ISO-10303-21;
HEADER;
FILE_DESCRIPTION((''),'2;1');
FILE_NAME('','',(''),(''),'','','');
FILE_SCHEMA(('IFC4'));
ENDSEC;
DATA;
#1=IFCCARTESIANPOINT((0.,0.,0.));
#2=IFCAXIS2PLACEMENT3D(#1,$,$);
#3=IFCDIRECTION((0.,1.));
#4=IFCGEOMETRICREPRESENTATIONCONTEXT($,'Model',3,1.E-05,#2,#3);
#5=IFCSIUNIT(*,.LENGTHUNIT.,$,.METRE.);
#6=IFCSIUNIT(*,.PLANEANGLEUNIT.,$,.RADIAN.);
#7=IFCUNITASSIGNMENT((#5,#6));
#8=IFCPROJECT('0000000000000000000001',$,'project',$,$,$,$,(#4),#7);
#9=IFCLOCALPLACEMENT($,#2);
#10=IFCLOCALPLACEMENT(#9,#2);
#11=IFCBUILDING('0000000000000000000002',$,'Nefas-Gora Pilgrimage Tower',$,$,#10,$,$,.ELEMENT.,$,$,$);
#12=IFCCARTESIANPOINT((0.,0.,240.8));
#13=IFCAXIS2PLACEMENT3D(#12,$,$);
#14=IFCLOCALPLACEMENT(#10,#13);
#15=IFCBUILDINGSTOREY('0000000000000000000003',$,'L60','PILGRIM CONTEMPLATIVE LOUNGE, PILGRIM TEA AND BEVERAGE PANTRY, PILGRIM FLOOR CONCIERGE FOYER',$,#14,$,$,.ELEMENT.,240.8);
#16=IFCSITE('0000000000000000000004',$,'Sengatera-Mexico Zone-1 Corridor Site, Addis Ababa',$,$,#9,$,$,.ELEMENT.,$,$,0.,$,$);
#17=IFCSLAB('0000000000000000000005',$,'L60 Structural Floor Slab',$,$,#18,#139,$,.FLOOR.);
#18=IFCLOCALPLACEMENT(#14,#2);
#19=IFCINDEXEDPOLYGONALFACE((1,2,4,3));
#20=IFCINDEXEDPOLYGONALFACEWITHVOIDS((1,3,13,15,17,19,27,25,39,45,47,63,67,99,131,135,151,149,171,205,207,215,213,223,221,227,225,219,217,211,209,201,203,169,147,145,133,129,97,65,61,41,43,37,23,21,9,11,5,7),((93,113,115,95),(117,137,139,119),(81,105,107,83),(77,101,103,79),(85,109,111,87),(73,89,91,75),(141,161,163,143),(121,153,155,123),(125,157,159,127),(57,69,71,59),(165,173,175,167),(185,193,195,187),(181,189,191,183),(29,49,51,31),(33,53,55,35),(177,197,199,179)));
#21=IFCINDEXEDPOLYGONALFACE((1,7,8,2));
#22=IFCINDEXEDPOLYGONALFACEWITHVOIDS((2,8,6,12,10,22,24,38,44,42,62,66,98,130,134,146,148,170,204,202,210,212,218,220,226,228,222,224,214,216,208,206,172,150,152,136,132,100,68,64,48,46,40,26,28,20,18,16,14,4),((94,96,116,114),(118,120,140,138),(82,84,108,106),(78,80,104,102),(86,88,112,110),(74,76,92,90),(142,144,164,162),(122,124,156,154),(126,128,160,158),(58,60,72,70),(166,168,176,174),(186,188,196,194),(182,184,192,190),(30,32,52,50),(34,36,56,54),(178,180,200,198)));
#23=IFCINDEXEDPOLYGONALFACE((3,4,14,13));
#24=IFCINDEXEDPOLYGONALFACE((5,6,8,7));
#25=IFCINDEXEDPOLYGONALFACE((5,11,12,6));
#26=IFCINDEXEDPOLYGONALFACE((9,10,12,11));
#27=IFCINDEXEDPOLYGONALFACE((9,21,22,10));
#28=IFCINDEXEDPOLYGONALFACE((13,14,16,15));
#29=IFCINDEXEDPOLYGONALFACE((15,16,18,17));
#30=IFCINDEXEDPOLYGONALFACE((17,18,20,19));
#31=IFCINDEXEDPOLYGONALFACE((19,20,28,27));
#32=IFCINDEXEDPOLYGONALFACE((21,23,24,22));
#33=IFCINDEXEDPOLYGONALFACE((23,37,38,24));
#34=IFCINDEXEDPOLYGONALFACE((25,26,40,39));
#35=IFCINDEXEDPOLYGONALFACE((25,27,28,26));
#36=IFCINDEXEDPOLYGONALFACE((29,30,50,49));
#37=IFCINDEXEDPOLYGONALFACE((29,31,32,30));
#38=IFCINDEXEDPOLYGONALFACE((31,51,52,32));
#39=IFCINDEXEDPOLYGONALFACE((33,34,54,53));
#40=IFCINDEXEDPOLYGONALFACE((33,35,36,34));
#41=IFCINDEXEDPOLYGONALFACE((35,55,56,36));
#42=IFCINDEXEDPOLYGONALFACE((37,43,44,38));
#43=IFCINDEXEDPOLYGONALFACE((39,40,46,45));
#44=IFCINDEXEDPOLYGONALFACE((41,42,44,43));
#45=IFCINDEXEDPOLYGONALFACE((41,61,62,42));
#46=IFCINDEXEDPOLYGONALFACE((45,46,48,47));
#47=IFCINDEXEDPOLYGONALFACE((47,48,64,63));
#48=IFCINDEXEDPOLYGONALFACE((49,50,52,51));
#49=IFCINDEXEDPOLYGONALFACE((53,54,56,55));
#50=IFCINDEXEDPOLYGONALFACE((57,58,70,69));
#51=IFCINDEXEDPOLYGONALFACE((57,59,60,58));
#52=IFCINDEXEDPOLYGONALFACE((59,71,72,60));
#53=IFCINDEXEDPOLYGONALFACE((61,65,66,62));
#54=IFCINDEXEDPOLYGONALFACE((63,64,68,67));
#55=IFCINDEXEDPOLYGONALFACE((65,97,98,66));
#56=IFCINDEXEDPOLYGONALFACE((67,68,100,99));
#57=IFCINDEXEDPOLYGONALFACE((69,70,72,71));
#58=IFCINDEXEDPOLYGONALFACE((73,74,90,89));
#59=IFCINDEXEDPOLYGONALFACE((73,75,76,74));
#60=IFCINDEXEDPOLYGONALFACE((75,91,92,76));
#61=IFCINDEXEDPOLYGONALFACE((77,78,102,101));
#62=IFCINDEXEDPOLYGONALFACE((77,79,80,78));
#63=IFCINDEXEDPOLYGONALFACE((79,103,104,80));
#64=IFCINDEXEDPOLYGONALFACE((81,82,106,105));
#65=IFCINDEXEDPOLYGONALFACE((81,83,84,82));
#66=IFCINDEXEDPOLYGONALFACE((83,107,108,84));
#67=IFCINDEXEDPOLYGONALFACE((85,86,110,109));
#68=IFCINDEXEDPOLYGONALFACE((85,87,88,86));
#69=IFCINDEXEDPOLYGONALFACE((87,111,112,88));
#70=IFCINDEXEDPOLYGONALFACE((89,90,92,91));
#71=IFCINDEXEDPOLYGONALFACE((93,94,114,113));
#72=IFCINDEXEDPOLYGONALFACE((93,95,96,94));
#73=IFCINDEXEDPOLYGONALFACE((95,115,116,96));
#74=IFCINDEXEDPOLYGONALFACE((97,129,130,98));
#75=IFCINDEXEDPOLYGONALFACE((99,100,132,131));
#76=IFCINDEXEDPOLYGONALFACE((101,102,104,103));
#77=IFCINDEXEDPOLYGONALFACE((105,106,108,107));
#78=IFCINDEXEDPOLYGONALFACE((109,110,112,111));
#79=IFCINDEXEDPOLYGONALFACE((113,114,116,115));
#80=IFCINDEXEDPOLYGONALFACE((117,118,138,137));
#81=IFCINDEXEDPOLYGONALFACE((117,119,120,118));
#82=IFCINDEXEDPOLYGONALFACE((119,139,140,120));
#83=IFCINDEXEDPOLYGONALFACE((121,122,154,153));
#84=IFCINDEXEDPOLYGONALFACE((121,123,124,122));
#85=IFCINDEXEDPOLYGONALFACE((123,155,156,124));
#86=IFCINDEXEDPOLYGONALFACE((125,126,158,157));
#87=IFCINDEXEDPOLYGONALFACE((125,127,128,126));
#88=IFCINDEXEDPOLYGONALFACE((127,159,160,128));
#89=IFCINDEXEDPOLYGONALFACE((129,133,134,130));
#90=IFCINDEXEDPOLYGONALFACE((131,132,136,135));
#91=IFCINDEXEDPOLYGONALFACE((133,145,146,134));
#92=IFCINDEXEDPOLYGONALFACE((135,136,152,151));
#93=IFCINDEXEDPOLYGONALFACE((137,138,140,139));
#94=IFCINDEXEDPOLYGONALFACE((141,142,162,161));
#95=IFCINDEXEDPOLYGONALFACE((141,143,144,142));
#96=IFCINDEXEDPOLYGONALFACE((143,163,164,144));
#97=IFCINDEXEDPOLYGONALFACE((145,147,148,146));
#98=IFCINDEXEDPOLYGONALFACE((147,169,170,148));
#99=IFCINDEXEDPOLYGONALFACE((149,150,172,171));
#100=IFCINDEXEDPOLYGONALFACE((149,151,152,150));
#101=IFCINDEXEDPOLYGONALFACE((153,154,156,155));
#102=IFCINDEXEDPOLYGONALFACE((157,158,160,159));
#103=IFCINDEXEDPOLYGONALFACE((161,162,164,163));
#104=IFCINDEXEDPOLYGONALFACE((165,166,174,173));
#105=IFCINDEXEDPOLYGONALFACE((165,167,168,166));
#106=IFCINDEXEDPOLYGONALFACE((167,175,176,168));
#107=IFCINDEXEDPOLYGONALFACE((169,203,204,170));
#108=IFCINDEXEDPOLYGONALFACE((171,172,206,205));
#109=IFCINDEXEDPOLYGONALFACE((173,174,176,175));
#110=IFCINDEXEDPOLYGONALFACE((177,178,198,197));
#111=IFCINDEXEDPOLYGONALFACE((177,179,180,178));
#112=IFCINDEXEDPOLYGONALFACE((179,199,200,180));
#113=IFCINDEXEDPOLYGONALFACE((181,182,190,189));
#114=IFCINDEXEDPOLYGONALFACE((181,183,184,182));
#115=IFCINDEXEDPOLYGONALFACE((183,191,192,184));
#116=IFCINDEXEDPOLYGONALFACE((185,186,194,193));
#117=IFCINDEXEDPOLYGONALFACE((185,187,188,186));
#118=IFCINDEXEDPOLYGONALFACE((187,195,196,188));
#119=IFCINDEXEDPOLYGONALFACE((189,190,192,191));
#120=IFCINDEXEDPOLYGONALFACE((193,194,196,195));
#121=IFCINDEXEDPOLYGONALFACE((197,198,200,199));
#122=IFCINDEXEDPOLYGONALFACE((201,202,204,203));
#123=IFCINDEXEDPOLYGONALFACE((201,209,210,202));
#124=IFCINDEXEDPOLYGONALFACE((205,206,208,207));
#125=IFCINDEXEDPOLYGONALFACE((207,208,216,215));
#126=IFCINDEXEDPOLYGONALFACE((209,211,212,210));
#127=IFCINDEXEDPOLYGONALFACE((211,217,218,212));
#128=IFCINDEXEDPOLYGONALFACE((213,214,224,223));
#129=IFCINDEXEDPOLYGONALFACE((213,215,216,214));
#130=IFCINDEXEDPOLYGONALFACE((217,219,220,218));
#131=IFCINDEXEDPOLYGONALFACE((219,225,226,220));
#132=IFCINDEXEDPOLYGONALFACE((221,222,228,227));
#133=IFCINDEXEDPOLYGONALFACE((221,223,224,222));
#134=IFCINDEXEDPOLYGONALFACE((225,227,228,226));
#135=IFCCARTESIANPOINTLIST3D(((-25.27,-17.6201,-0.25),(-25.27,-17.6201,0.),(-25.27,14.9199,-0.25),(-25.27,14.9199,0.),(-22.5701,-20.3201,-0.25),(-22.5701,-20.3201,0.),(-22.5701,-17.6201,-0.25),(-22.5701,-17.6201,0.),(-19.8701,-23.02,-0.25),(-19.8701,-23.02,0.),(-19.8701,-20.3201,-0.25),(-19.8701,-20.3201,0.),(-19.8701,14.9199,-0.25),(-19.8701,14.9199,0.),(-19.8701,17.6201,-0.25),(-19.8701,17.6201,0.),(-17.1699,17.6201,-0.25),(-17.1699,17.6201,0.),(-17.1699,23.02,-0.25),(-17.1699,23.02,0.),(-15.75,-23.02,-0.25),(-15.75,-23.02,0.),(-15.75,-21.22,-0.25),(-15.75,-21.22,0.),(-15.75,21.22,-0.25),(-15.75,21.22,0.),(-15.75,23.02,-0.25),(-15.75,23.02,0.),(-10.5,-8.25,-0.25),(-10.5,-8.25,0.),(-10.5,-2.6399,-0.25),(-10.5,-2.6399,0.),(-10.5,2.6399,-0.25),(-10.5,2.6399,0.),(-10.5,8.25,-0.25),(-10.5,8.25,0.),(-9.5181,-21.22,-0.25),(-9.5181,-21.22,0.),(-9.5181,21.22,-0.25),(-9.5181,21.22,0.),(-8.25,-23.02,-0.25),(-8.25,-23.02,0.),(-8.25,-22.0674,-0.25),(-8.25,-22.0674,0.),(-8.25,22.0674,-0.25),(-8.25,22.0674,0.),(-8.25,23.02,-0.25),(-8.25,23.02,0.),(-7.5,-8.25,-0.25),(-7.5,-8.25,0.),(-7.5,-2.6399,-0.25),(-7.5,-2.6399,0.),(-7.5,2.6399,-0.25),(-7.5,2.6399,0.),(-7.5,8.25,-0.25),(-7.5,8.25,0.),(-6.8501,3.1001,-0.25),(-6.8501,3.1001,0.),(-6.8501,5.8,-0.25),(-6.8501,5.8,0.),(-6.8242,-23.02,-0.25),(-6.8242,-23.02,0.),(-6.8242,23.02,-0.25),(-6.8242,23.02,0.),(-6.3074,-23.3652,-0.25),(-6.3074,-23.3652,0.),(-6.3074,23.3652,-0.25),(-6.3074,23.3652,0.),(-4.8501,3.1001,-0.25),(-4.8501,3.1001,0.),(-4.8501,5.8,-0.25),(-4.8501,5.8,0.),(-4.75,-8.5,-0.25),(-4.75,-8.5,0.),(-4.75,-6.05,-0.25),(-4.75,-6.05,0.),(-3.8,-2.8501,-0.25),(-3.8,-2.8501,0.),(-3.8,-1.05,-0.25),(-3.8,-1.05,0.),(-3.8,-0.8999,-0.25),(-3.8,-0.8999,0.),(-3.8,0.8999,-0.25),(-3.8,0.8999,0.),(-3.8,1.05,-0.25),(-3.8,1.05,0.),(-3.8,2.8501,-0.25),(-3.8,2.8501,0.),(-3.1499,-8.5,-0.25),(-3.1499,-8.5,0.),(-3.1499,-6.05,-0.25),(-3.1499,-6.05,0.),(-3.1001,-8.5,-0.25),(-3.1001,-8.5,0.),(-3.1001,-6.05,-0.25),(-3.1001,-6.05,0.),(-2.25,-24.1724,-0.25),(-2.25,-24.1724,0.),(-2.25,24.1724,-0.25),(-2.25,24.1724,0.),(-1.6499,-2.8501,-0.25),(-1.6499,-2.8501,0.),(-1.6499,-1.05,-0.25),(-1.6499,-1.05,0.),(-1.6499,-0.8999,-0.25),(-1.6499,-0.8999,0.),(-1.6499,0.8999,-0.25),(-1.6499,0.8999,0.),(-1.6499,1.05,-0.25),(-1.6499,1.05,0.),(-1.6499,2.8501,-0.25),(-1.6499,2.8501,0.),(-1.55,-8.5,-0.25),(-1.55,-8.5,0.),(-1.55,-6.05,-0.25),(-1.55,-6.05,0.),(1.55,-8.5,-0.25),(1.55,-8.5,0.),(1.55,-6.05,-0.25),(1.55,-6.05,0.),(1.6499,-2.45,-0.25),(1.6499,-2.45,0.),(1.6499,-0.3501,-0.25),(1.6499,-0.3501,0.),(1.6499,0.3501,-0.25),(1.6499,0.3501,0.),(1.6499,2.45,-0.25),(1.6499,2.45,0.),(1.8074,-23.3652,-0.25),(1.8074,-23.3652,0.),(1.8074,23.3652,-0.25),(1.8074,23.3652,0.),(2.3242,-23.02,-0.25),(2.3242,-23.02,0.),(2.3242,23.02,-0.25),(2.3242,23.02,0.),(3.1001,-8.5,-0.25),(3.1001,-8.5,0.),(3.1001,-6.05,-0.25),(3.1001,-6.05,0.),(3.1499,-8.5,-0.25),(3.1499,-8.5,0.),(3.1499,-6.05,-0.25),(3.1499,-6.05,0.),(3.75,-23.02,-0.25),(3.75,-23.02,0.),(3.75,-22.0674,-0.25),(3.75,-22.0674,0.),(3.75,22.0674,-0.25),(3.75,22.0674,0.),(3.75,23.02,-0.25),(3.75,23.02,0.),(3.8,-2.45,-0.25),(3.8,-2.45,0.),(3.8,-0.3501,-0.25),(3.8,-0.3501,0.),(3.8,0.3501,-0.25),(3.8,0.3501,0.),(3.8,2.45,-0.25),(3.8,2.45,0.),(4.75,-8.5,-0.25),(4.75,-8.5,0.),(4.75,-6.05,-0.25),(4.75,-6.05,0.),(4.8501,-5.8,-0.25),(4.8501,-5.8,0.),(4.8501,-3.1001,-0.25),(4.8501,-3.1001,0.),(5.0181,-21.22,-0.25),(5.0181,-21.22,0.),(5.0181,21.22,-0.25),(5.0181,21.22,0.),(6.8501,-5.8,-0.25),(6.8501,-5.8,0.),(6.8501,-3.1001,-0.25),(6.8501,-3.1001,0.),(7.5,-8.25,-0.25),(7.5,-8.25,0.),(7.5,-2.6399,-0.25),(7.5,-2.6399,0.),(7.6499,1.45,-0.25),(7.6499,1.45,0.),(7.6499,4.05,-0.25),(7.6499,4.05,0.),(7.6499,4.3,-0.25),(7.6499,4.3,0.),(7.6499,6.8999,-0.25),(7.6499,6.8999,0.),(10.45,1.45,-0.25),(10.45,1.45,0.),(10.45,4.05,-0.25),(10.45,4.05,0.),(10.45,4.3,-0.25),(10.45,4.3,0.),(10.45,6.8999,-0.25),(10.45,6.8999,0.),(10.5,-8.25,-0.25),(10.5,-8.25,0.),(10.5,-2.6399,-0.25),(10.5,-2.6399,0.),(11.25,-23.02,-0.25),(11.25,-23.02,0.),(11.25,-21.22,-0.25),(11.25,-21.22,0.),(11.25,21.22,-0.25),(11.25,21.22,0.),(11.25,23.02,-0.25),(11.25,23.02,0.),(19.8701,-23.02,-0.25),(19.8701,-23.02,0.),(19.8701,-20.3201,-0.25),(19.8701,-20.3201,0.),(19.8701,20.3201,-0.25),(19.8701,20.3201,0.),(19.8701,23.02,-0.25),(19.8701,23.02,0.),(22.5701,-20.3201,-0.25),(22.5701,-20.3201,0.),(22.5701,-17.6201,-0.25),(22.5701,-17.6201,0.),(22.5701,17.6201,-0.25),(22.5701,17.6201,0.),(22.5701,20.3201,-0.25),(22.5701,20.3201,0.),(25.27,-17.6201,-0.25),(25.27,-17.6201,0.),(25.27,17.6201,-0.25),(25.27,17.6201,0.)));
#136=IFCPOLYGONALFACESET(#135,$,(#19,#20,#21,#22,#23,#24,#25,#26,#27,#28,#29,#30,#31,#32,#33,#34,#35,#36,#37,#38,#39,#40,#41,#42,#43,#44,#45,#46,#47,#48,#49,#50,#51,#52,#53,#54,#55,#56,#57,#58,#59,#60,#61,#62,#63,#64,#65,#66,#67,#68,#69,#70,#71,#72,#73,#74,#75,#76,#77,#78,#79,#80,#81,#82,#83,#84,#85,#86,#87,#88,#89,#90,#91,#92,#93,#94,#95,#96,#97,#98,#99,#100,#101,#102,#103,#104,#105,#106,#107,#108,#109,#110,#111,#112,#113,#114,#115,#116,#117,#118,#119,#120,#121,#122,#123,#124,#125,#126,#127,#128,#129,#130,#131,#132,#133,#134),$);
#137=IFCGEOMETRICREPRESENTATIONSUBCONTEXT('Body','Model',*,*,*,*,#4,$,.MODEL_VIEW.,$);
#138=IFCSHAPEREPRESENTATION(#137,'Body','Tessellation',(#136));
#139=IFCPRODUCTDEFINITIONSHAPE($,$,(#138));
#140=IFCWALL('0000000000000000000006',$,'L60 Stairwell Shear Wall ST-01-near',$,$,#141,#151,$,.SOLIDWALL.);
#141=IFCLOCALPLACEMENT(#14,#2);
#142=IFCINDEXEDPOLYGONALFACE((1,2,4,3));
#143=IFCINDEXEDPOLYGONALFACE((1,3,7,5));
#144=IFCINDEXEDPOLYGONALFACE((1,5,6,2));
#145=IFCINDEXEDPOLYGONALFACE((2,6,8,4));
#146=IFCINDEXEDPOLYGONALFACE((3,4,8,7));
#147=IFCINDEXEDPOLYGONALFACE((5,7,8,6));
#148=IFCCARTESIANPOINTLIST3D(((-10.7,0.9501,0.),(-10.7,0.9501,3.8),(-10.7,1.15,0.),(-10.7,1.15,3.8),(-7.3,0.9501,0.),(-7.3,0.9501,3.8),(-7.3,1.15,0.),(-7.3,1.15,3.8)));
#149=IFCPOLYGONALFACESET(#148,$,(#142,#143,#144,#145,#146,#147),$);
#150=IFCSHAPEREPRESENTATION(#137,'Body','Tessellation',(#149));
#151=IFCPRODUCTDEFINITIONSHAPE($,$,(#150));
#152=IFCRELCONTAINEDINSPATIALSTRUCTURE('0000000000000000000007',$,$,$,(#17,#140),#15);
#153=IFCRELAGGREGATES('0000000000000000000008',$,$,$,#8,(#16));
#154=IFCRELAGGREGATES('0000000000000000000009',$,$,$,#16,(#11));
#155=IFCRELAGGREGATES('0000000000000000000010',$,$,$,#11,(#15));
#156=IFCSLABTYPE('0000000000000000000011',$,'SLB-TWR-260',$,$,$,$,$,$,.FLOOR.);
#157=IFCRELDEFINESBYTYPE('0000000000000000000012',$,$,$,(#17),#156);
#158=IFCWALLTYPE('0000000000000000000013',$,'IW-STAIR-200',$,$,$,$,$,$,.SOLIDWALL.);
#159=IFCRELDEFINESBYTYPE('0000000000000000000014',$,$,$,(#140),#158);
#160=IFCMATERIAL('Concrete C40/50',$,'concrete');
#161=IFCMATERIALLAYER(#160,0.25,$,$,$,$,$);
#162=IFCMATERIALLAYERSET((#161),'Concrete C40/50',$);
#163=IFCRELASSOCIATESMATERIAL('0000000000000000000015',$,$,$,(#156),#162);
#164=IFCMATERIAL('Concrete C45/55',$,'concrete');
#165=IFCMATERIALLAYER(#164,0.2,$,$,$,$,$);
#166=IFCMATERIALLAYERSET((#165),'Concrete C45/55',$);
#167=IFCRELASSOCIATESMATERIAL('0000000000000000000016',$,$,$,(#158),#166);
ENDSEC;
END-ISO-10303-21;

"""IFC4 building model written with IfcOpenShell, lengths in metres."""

from ifc_helpers import new_model, si_unit, direction, frame, frame_2d, origin, place, context, subcontext, project, spatial, polyline, rectangle, outline, extrude, source, transform, mapped, material, layer, layer_set, type_object, element, save


model = new_model("IFC4")

# Units and contexts
model_context = context("Model", 3, precision=1e-05, world=origin(), true_north=direction((0.0, 1.0)))
body_context = subcontext(model_context, "Body", "Model", "MODEL_VIEW")
ifc_project = project(units=[si_unit("LENGTHUNIT", "METRE"), si_unit("PLANEANGLEUNIT", "RADIAN")], contexts=[model_context])

# Site, building, storey
site_placement = place(None, origin())
site = spatial("IfcSite", under=ifc_project, at=site_placement, Name="Sengatera-Mexico Zone-1 Corridor Site, Addis Ababa", CompositionType="ELEMENT", RefElevation=0.0)
building_placement = place(site_placement, origin())
building = spatial("IfcBuilding", under=site, at=building_placement, Name="Nefas-Gora Pilgrimage Tower", CompositionType="ELEMENT")
storey_placement = place(building_placement, frame((0.0, 0.0, 240.8)))
storey = spatial("IfcBuildingStorey", under=building, at=storey_placement, Name="L60", Description="PILGRIM CONTEMPLATIVE LOUNGE, PILGRIM TEA AND BEVERAGE PANTRY, PILGRIM FLOOR CONCIERGE FOYER", CompositionType="ELEMENT", Elevation=240.8)

# Slab
ifc_material_1 = material(Name="Concrete C40/50", Category="concrete")
ifc_layer_1 = layer(ifc_material_1, 0.25)
ifc_layer_set_1 = layer_set([ifc_layer_1], Name="Concrete C40/50")
slab_type_1 = type_object("IfcSlabType", Name="SLB-TWR-260", PredefinedType="FLOOR", material=ifc_layer_set_1)
slab_1_placement = place(storey_placement, frame((0.0, 0.0, -0.25)))
element("IfcSlab", 1, at=slab_1_placement, inside=storey, type_object=slab_type_1, Name="L60 Structural Floor Slab", PredefinedType="FLOOR", context=body_context, shape_type="SweptSolid", body=[
    extrude(outline(polyline([(5.0181, -21.22), (11.25, -21.22), (11.25, -23.02), (19.8701, -23.02), (19.8701, -20.3201), (22.5701, -20.3201), (22.5701, -17.6201), (25.27, -17.6201), (25.27, 17.6201), (22.5701, 17.6201), (22.5701, 20.3201), (19.8701, 20.3201), (19.8701, 23.02), (11.25, 23.02), (11.25, 21.22), (5.0181, 21.22), (3.75, 22.0674), (3.75, 23.02), (2.3242, 23.02), (1.8074, 23.3652), (-2.25, 24.1724), (-6.3074, 23.3652), (-6.8242, 23.02), (-8.25, 23.02), (-8.25, 22.0674), (-9.5181, 21.22), (-15.75, 21.22), (-15.75, 23.02), (-17.1699, 23.02), (-17.1699, 17.6201), (-19.8701, 17.6201), (-19.8701, 14.9199), (-25.27, 14.9199), (-25.27, -17.6201), (-22.5701, -17.6201), (-22.5701, -20.3201), (-19.8701, -20.3201), (-19.8701, -23.02), (-15.75, -23.02), (-15.75, -21.22), (-9.5181, -21.22), (-8.25, -22.0674), (-8.25, -23.02), (-6.8242, -23.02), (-6.3074, -23.3652), (-2.25, -24.1724), (1.8074, -23.3652), (2.3242, -23.02), (3.75, -23.02), (3.75, -22.0674), (5.0181, -21.22)]), holes=[polyline([(-10.5, 2.6399), (-10.5, 8.25), (-7.5, 8.25), (-7.5, 2.6399), (-10.5, 2.6399)]), polyline([(10.5, -2.6399), (10.5, -8.25), (7.5, -8.25), (7.5, -2.6399), (10.5, -2.6399)]), polyline([(-7.5, -2.6399), (-7.5, -8.25), (-10.5, -8.25), (-10.5, -2.6399), (-7.5, -2.6399)]), polyline([(-6.8501, 5.8), (-4.8501, 5.8), (-4.8501, 3.1001), (-6.8501, 3.1001), (-6.8501, 5.8)]), polyline([(4.8501, -3.1001), (6.8501, -3.1001), (6.8501, -5.8), (4.8501, -5.8), (4.8501, -3.1001)]), polyline([(7.6499, 4.05), (10.45, 4.05), (10.45, 1.45), (7.6499, 1.45), (7.6499, 4.05)]), polyline([(7.6499, 6.8999), (10.45, 6.8999), (10.45, 4.3), (7.6499, 4.3), (7.6499, 6.8999)]), polyline([(-4.75, -6.05), (-3.1499, -6.05), (-3.1499, -8.5), (-4.75, -8.5), (-4.75, -6.05)]), polyline([(-3.1001, -6.05), (-1.55, -6.05), (-1.55, -8.5), (-3.1001, -8.5), (-3.1001, -6.05)]), polyline([(1.55, -6.05), (3.1001, -6.05), (3.1001, -8.5), (1.55, -8.5), (1.55, -6.05)]), polyline([(3.1499, -6.05), (4.75, -6.05), (4.75, -8.5), (3.1499, -8.5), (3.1499, -6.05)]), polyline([(-3.8, -1.05), (-1.6499, -1.05), (-1.6499, -2.8501), (-3.8, -2.8501), (-3.8, -1.05)]), polyline([(-3.8, 0.8999), (-1.6499, 0.8999), (-1.6499, -0.8999), (-3.8, -0.8999), (-3.8, 0.8999)]), polyline([(-3.8, 2.8501), (-1.6499, 2.8501), (-1.6499, 1.05), (-3.8, 1.05), (-3.8, 2.8501)]), polyline([(1.6499, -0.3501), (3.8, -0.3501), (3.8, -2.45), (1.6499, -2.45), (1.6499, -0.3501)]), polyline([(1.6499, 2.45), (3.8, 2.45), (3.8, 0.3501), (1.6499, 0.3501), (1.6499, 2.45)])]), origin(), (0.0, 0.0, 1.0), 0.25),
])

# Wall
ifc_material_2 = material(Name="Concrete C45/55", Category="concrete")
ifc_layer_2 = layer(ifc_material_2, 0.2)
ifc_layer_set_2 = layer_set([ifc_layer_2], Name="Concrete C45/55")
wall_type_1 = type_object("IfcWallType", Name="IW-STAIR-200", PredefinedType="SOLIDWALL", material=ifc_layer_set_2)
shared_shape_1 = source(origin(), body_context, "Body", "SweptSolid", [
    extrude(rectangle(XDim=3.3999, YDim=0.2, at=frame_2d((1.7, 0.0))), origin(), (0.0, 0.0, 1.0), 3.8),
])
wall_1_placement = place(storey_placement, frame((-7.3, 1.05, 0.0), z_axis=(0.0, 0.0, 1.0), x_axis=(-1.0, 0.0, 0.0)))
element("IfcWall", 2, at=wall_1_placement, inside=storey, type_object=wall_type_1, Name="L60 Stairwell Shear Wall ST-01-near", PredefinedType="SOLIDWALL", context=body_context, shape_type="MappedRepresentation", body=[
    mapped(shared_shape_1, transform((0.0, 0.0, 0.0), x_axis=(1.0, 0.0, 0.0), y_axis=(0.0, 1.0, 0.0), z_axis=(0.0, 0.0, 1.0), scale=1.0)),
])

save(model, "model.ifc")
